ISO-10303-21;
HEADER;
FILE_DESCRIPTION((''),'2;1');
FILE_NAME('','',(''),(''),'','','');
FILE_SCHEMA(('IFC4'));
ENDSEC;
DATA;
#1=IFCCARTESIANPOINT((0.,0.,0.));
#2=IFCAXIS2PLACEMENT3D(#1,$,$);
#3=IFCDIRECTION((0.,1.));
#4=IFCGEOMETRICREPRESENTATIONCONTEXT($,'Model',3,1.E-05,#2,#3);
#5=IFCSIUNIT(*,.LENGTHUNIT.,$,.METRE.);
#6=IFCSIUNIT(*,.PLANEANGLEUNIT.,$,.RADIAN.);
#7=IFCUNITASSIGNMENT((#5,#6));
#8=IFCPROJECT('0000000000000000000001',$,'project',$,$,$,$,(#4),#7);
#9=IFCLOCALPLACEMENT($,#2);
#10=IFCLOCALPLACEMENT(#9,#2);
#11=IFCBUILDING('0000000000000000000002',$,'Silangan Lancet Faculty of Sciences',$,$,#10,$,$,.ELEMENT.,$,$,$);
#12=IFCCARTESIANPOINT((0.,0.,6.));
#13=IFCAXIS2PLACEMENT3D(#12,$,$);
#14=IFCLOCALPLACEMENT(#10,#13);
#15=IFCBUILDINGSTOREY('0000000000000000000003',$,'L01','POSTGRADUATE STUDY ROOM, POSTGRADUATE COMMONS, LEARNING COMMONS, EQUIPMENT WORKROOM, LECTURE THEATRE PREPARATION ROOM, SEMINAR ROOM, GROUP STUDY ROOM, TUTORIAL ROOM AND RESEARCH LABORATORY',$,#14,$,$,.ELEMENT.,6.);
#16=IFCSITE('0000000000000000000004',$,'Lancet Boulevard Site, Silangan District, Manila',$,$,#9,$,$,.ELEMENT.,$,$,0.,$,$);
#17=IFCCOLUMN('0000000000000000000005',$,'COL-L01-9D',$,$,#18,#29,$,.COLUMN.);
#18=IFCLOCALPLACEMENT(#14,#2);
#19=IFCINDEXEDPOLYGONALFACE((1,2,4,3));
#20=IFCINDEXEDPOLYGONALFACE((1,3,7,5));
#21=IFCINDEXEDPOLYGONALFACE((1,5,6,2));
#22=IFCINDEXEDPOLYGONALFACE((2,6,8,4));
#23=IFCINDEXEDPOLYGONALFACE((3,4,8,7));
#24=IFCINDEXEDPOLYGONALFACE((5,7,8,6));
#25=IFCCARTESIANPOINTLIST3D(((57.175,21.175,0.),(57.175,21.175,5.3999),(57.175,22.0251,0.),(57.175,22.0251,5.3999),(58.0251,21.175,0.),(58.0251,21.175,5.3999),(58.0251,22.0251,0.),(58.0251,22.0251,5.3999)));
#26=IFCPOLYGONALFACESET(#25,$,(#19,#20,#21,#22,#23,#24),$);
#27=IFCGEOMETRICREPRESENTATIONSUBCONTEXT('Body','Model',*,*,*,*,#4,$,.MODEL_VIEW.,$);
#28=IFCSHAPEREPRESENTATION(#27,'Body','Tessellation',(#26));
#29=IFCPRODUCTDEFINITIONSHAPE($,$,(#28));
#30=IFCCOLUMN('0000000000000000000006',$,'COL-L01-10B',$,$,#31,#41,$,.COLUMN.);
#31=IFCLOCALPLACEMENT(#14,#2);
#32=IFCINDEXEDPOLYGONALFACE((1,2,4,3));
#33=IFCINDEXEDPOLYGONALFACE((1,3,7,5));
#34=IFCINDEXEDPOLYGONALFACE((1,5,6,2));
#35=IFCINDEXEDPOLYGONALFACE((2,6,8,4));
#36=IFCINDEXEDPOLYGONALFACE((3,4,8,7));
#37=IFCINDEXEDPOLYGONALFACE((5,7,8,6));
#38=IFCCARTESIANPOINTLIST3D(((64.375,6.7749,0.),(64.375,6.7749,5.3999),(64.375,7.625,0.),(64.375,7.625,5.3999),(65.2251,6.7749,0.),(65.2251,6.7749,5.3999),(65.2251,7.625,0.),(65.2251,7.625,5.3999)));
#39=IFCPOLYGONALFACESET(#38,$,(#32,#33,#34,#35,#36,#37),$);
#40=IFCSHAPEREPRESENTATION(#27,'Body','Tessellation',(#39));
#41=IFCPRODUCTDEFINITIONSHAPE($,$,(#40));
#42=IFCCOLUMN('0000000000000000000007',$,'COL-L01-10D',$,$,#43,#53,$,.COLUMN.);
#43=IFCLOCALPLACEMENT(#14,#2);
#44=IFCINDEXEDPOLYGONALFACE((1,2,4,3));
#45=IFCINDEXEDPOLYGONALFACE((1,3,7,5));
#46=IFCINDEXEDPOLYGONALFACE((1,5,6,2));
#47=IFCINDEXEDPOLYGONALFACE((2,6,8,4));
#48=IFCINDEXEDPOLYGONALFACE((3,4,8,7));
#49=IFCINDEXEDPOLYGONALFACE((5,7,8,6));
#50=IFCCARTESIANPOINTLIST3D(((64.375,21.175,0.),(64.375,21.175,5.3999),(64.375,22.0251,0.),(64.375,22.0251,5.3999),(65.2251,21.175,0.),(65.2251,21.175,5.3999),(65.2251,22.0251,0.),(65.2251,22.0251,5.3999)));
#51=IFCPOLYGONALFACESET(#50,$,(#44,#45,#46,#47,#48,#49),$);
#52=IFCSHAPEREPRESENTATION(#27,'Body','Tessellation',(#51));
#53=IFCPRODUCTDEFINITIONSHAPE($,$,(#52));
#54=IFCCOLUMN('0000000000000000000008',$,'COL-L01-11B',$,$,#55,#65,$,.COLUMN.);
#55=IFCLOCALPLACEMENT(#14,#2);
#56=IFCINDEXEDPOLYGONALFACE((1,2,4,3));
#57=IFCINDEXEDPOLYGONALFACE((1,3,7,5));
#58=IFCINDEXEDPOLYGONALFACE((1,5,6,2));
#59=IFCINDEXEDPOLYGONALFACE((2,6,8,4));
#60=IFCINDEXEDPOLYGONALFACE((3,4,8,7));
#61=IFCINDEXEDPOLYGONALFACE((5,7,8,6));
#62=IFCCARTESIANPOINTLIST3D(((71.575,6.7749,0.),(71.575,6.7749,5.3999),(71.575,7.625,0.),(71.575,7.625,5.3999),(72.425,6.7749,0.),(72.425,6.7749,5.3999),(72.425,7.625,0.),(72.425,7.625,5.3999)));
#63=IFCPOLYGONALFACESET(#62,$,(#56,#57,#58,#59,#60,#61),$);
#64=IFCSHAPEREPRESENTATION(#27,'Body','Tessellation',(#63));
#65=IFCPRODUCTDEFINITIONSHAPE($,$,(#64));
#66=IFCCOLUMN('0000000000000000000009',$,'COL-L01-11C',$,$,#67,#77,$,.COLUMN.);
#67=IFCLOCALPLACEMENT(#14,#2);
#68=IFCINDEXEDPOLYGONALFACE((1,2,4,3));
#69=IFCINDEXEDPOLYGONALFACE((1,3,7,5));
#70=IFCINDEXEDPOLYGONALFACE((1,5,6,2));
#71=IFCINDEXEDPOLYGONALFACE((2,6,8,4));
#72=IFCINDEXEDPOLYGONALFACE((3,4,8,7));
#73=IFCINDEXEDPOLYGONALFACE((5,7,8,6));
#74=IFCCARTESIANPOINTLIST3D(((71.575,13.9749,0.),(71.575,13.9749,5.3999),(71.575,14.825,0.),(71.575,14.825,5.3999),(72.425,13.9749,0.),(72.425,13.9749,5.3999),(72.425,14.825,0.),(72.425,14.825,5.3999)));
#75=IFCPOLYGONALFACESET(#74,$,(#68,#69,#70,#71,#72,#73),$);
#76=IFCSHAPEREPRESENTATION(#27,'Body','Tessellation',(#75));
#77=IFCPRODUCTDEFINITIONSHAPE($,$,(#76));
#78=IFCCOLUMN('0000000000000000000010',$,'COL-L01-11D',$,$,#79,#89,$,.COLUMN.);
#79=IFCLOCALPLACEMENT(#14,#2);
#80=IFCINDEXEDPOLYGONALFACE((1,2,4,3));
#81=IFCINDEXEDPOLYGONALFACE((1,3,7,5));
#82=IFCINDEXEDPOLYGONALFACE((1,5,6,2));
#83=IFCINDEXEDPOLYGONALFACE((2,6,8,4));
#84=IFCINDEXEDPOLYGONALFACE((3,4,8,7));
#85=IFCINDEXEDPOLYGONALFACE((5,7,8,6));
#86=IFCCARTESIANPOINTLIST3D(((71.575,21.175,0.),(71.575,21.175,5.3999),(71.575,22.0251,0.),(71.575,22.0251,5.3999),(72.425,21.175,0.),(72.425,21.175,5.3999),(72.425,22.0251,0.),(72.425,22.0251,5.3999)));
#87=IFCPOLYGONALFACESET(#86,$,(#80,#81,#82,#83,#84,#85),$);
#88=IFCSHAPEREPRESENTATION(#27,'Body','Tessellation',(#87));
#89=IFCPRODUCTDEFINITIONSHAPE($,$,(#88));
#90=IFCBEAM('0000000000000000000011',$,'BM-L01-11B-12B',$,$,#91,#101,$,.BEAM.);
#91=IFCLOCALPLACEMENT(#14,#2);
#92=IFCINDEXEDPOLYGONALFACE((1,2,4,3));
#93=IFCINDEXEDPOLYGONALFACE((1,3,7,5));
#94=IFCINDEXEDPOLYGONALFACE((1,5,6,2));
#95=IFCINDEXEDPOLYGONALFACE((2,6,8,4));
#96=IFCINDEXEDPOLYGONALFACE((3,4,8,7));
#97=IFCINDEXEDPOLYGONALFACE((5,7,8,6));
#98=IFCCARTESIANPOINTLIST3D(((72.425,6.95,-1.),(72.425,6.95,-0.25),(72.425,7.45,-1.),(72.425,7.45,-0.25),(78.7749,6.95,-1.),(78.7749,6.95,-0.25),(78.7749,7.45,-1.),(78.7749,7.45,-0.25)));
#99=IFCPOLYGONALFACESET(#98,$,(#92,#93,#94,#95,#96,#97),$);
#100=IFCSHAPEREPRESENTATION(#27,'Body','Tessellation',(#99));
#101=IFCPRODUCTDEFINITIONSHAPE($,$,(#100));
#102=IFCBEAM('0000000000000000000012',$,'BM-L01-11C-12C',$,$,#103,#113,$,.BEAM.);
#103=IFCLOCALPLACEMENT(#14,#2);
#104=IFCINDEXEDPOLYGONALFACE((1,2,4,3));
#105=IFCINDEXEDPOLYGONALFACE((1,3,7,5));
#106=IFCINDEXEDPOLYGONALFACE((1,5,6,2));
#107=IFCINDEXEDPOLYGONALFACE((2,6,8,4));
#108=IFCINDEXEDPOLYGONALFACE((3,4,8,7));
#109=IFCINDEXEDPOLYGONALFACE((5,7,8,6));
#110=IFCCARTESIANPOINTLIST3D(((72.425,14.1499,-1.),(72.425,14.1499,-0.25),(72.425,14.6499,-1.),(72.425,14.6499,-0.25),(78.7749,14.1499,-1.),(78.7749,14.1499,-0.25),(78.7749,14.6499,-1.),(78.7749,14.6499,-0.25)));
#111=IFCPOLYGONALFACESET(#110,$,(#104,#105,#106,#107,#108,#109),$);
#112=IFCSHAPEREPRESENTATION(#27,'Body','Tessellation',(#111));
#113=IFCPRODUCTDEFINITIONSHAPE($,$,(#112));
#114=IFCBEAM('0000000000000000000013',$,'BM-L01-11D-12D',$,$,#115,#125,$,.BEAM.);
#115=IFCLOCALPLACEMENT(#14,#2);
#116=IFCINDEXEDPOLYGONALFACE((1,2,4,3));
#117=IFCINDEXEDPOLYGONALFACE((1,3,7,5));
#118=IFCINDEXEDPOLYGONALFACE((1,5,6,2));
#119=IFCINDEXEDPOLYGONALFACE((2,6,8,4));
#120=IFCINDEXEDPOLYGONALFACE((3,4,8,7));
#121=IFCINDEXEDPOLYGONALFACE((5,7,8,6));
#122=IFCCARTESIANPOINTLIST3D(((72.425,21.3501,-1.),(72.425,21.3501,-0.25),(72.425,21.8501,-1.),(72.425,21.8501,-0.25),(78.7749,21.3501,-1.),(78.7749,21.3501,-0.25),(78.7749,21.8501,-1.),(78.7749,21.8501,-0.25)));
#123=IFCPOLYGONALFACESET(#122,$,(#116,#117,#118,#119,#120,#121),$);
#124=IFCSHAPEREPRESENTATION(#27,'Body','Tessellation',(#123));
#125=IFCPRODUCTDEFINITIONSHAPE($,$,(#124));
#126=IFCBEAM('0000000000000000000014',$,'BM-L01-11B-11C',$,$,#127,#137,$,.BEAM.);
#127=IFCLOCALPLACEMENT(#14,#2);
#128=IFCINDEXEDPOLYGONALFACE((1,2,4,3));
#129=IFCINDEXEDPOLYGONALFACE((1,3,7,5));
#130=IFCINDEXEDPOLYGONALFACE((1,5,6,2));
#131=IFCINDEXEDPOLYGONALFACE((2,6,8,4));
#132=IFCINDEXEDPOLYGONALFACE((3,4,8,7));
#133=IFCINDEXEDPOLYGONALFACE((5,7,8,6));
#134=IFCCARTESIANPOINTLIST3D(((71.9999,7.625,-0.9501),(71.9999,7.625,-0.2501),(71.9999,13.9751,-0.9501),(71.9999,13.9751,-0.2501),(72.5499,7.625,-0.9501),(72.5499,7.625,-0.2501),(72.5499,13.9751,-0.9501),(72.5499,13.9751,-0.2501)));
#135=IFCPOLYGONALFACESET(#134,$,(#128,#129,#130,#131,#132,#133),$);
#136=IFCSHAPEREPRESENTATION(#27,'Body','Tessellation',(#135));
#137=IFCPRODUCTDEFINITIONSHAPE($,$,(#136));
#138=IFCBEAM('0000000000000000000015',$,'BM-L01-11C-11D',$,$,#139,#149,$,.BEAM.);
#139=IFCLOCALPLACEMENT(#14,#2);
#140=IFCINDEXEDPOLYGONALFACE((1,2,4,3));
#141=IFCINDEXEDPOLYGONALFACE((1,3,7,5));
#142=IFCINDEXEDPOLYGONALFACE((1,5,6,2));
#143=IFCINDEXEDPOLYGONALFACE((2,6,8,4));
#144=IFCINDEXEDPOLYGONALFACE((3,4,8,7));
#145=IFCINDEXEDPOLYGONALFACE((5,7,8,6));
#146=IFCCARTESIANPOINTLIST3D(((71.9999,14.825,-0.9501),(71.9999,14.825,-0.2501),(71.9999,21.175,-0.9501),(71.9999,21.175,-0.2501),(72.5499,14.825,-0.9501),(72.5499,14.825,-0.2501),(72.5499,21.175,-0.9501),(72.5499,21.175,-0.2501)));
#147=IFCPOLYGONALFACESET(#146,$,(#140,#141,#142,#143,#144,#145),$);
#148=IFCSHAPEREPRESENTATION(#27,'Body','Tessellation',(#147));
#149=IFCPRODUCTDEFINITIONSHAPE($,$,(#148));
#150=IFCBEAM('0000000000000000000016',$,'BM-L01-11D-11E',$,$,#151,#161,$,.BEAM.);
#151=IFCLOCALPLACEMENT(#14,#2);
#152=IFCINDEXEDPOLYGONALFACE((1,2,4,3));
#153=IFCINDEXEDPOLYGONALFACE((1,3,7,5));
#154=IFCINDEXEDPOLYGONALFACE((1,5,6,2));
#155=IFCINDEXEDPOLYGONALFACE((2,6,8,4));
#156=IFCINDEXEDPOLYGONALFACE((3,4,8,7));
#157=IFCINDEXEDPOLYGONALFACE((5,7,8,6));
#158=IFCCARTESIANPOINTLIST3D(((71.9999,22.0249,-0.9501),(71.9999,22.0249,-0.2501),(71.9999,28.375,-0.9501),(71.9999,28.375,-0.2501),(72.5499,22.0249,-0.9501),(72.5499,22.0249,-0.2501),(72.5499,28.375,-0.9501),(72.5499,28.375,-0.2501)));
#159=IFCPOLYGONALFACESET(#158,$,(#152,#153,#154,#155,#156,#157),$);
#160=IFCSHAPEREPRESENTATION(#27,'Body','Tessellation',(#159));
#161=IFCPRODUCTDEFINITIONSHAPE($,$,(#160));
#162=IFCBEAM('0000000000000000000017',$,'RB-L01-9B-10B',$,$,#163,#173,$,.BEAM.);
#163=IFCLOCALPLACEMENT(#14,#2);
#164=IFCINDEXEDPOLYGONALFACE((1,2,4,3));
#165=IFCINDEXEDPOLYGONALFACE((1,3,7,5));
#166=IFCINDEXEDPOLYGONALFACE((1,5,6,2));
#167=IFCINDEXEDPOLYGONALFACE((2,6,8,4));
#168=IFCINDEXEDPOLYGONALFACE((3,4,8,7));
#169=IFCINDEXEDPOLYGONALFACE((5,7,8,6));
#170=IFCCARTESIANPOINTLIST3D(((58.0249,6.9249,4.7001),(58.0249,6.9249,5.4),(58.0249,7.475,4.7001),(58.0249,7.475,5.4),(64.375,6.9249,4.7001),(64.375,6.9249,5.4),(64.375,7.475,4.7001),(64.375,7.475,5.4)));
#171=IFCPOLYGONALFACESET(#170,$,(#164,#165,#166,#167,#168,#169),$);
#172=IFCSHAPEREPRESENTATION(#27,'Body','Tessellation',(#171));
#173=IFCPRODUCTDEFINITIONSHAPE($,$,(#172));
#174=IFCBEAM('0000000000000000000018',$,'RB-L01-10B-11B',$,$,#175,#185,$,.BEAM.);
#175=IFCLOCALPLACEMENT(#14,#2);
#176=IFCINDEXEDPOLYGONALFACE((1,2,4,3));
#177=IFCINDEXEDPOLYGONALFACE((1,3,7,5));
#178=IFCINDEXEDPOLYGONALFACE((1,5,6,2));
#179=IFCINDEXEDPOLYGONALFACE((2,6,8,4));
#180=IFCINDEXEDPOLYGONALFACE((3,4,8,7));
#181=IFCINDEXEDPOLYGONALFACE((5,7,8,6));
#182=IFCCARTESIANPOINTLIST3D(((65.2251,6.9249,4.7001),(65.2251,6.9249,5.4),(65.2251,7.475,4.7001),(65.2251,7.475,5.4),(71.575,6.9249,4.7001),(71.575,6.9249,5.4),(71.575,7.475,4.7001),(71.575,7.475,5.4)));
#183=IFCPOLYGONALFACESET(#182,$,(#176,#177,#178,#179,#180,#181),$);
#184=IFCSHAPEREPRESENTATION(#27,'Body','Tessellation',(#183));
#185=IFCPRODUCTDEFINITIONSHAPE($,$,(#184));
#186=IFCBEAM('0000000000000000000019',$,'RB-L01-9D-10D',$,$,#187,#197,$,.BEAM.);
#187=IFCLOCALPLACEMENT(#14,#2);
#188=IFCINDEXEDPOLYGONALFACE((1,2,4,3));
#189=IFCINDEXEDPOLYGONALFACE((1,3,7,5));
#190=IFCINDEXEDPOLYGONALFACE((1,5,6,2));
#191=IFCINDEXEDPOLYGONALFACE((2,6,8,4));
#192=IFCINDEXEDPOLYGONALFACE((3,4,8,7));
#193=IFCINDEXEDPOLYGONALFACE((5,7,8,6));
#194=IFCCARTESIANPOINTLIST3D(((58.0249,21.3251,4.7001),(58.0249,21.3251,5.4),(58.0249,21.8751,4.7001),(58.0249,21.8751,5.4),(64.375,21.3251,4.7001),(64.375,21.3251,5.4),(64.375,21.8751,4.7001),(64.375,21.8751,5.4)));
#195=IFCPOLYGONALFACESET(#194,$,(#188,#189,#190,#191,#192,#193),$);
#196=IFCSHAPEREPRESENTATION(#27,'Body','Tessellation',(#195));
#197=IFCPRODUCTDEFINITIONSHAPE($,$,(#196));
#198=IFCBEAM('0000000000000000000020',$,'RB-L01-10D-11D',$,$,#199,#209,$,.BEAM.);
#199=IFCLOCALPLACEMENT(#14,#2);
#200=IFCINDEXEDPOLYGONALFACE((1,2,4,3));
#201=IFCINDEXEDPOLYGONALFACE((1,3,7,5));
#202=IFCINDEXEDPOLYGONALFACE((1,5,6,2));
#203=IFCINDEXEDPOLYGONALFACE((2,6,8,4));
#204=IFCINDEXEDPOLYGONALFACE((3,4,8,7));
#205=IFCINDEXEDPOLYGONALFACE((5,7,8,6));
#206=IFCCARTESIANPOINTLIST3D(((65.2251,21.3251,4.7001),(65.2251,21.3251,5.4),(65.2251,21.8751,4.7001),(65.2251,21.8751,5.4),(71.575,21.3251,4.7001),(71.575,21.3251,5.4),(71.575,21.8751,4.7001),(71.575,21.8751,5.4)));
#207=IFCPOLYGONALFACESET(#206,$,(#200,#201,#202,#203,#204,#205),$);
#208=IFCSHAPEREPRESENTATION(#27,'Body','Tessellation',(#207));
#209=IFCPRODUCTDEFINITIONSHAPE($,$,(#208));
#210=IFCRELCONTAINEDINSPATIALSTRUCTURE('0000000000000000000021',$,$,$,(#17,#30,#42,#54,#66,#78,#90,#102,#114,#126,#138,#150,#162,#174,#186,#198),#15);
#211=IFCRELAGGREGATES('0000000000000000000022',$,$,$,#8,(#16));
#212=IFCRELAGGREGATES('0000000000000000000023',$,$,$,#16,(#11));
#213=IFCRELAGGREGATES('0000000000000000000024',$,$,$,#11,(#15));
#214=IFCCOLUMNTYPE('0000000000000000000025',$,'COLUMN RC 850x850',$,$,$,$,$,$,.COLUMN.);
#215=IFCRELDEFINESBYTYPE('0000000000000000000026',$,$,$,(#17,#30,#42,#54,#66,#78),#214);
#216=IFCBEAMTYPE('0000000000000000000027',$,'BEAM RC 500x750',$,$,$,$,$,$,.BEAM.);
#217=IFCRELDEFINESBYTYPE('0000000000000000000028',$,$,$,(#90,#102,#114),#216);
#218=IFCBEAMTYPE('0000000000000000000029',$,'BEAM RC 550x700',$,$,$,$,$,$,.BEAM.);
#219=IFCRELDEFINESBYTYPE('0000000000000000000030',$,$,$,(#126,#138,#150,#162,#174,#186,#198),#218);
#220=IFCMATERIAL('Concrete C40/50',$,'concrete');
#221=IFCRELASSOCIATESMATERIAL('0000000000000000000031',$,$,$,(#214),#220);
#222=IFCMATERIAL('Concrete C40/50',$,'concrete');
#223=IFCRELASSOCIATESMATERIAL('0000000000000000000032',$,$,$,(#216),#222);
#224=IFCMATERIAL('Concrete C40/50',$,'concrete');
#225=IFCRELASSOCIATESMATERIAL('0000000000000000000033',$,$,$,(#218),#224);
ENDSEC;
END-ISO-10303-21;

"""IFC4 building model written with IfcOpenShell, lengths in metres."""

from ifc_helpers import new_model, si_unit, direction, frame, origin, origin_2d, place, context, subcontext, project, spatial, rectangle, extrude, material, material_profile, profile_set, type_object, element, save


model = new_model("IFC4")

# Units and contexts
model_context = context("Model", 3, precision=1e-05, world=origin(), true_north=direction((0.0, 1.0)))
body_context = subcontext(model_context, "Body", "Model", "MODEL_VIEW")
ifc_project = project(units=[si_unit("LENGTHUNIT", "METRE"), si_unit("PLANEANGLEUNIT", "RADIAN")], contexts=[model_context])

# Site, building, storey
site_placement = place(None, origin())
site = spatial("IfcSite", under=ifc_project, at=site_placement, Name="Lancet Boulevard Site, Silangan District, Manila", CompositionType="ELEMENT", RefElevation=0.0)
building_placement = place(site_placement, origin())
building = spatial("IfcBuilding", under=site, at=building_placement, Name="Silangan Lancet Faculty of Sciences", CompositionType="ELEMENT")
storey_placement = place(building_placement, frame((0.0, 0.0, 6.0)))
storey = spatial("IfcBuildingStorey", under=building, at=storey_placement, Name="L01", Description="POSTGRADUATE STUDY ROOM, POSTGRADUATE COMMONS, LEARNING COMMONS, EQUIPMENT WORKROOM, LECTURE THEATRE PREPARATION ROOM, SEMINAR ROOM, GROUP STUDY ROOM, TUTORIAL ROOM AND RESEARCH LABORATORY", CompositionType="ELEMENT", Elevation=6.0)

# Columns
ifc_material_1 = material(Name="Concrete C40/50", Category="concrete")
ifc_material_profile_1 = material_profile(ifc_material_1, rectangle(XDim=0.8501, YDim=0.8501, at=origin_2d()), Name="RC 850x850")
ifc_profile_set_1 = profile_set([ifc_material_profile_1], Name="Concrete C40/50")
column_type = type_object("IfcColumnType", Name="COLUMN RC 850x850", PredefinedType="COLUMN", material=ifc_profile_set_1)
for number, where, z_axis, x_axis, name in (
    (1, (57.6001, 21.6001, 0.0), (0.0, 0.0, 1.0), (1.0, 0.0, 0.0), "COL-L01-9D"),
    (2, (64.8, 7.2, 0.0), (0.0, 0.0, 1.0), (1.0, 0.0, 0.0), "COL-L01-10B"),
    (3, (64.8, 21.6001, 0.0), (0.0, 0.0, 1.0), (1.0, 0.0, 0.0), "COL-L01-10D"),
    (4, (72.0, 7.2, 0.0), (0.0, 0.0, 1.0), (1.0, 0.0, 0.0), "COL-L01-11B"),
    (5, (72.0, 14.3999, 0.0), (0.0, 0.0, 1.0), (1.0, 0.0, 0.0), "COL-L01-11C"),
    (6, (72.0, 21.6001, 0.0), (0.0, 0.0, 1.0), (1.0, 0.0, 0.0), "COL-L01-11D"),
):
    element("IfcColumn", number, at=place(storey_placement, frame(where, z_axis=z_axis, x_axis=x_axis)), inside=storey, type_object=column_type, Name=name, PredefinedType="COLUMN", context=body_context, shape_type="SweptSolid", body=[
        extrude(rectangle(XDim=0.8501, YDim=0.8501, at=origin_2d()), origin(), (0.0, 0.0, 1.0), 5.3999),
    ])

# Beams
ifc_material_2 = material(Name="Concrete C40/50", Category="concrete")
ifc_material_profile_2 = material_profile(ifc_material_2, rectangle(XDim=0.5, YDim=0.75, at=origin_2d()), Name="RC 500x750")
ifc_profile_set_2 = profile_set([ifc_material_profile_2], Name="Concrete C40/50")
beam_type_1 = type_object("IfcBeamType", Name="BEAM RC 500x750", PredefinedType="BEAM", material=ifc_profile_set_2)
for number, where, z_axis, x_axis, name in (
    (7, (72.425, 7.2, -0.625), (1.0, 0.0, 0.0), (0.0, 1.0, 0.0), "BM-L01-11B-12B"),
    (8, (72.425, 14.3999, -0.625), (1.0, 0.0, 0.0), (0.0, 1.0, 0.0), "BM-L01-11C-12C"),
    (9, (72.425, 21.6001, -0.625), (1.0, 0.0, 0.0), (0.0, 1.0, 0.0), "BM-L01-11D-12D"),
):
    element("IfcBeam", number, at=place(storey_placement, frame(where, z_axis=z_axis, x_axis=x_axis)), inside=storey, type_object=beam_type_1, Name=name, PredefinedType="BEAM", context=body_context, shape_type="SweptSolid", body=[
        extrude(rectangle(XDim=0.5, YDim=0.75, at=origin_2d()), origin(), (0.0, 0.0, 1.0), 6.3499),
    ])
ifc_material_3 = material(Name="Concrete C40/50", Category="concrete")
ifc_material_profile_3 = material_profile(ifc_material_3, rectangle(XDim=0.55, YDim=0.7, at=origin_2d()), Name="RC 550x700")
ifc_profile_set_3 = profile_set([ifc_material_profile_3], Name="Concrete C40/50")
beam_type_2 = type_object("IfcBeamType", Name="BEAM RC 550x700", PredefinedType="BEAM", material=ifc_profile_set_3)
for number, where, z_axis, x_axis, name in (
    (10, (72.2749, 7.625, -0.6001), (0.0, 1.0, 0.0), (-1.0, 0.0, 0.0), "BM-L01-11B-11C"),
    (11, (72.2749, 14.825, -0.6001), (0.0, 1.0, 0.0), (-1.0, 0.0, 0.0), "BM-L01-11C-11D"),
    (12, (72.2749, 22.0249, -0.6001), (0.0, 1.0, 0.0), (-1.0, 0.0, 0.0), "BM-L01-11D-11E"),
    (13, (58.0249, 7.2, 5.05), (1.0, 0.0, 0.0), (0.0, 1.0, 0.0), "RB-L01-9B-10B"),
):
    element("IfcBeam", number, at=place(storey_placement, frame(where, z_axis=z_axis, x_axis=x_axis)), inside=storey, type_object=beam_type_2, Name=name, PredefinedType="BEAM", context=body_context, shape_type="SweptSolid", body=[
        extrude(rectangle(XDim=0.55, YDim=0.7, at=origin_2d()), origin(), (0.0, 0.0, 1.0), 6.3501),
    ])
beam_1_placement = place(storey_placement, frame((65.2251, 7.2, 5.05), z_axis=(1.0, 0.0, 0.0), x_axis=(0.0, 1.0, 0.0)))
element("IfcBeam", 14, at=beam_1_placement, inside=storey, type_object=beam_type_2, Name="RB-L01-10B-11B", PredefinedType="BEAM", context=body_context, shape_type="SweptSolid", body=[
    extrude(rectangle(XDim=0.55, YDim=0.7, at=origin_2d()), origin(), (0.0, 0.0, 1.0), 6.3499),
])
beam_2_placement = place(storey_placement, frame((58.0249, 21.6001, 5.05), z_axis=(1.0, 0.0, 0.0), x_axis=(0.0, 1.0, 0.0)))
element("IfcBeam", 15, at=beam_2_placement, inside=storey, type_object=beam_type_2, Name="RB-L01-9D-10D", PredefinedType="BEAM", context=body_context, shape_type="SweptSolid", body=[
    extrude(rectangle(XDim=0.55, YDim=0.7, at=origin_2d()), origin(), (0.0, 0.0, 1.0), 6.3501),
])
beam_3_placement = place(storey_placement, frame((65.2251, 21.6001, 5.05), z_axis=(1.0, 0.0, 0.0), x_axis=(0.0, 1.0, 0.0)))
element("IfcBeam", 16, at=beam_3_placement, inside=storey, type_object=beam_type_2, Name="RB-L01-10D-11D", PredefinedType="BEAM", context=body_context, shape_type="SweptSolid", body=[
    extrude(rectangle(XDim=0.55, YDim=0.7, at=origin_2d()), origin(), (0.0, 0.0, 1.0), 6.3499),
])

save(model, "model.ifc")
